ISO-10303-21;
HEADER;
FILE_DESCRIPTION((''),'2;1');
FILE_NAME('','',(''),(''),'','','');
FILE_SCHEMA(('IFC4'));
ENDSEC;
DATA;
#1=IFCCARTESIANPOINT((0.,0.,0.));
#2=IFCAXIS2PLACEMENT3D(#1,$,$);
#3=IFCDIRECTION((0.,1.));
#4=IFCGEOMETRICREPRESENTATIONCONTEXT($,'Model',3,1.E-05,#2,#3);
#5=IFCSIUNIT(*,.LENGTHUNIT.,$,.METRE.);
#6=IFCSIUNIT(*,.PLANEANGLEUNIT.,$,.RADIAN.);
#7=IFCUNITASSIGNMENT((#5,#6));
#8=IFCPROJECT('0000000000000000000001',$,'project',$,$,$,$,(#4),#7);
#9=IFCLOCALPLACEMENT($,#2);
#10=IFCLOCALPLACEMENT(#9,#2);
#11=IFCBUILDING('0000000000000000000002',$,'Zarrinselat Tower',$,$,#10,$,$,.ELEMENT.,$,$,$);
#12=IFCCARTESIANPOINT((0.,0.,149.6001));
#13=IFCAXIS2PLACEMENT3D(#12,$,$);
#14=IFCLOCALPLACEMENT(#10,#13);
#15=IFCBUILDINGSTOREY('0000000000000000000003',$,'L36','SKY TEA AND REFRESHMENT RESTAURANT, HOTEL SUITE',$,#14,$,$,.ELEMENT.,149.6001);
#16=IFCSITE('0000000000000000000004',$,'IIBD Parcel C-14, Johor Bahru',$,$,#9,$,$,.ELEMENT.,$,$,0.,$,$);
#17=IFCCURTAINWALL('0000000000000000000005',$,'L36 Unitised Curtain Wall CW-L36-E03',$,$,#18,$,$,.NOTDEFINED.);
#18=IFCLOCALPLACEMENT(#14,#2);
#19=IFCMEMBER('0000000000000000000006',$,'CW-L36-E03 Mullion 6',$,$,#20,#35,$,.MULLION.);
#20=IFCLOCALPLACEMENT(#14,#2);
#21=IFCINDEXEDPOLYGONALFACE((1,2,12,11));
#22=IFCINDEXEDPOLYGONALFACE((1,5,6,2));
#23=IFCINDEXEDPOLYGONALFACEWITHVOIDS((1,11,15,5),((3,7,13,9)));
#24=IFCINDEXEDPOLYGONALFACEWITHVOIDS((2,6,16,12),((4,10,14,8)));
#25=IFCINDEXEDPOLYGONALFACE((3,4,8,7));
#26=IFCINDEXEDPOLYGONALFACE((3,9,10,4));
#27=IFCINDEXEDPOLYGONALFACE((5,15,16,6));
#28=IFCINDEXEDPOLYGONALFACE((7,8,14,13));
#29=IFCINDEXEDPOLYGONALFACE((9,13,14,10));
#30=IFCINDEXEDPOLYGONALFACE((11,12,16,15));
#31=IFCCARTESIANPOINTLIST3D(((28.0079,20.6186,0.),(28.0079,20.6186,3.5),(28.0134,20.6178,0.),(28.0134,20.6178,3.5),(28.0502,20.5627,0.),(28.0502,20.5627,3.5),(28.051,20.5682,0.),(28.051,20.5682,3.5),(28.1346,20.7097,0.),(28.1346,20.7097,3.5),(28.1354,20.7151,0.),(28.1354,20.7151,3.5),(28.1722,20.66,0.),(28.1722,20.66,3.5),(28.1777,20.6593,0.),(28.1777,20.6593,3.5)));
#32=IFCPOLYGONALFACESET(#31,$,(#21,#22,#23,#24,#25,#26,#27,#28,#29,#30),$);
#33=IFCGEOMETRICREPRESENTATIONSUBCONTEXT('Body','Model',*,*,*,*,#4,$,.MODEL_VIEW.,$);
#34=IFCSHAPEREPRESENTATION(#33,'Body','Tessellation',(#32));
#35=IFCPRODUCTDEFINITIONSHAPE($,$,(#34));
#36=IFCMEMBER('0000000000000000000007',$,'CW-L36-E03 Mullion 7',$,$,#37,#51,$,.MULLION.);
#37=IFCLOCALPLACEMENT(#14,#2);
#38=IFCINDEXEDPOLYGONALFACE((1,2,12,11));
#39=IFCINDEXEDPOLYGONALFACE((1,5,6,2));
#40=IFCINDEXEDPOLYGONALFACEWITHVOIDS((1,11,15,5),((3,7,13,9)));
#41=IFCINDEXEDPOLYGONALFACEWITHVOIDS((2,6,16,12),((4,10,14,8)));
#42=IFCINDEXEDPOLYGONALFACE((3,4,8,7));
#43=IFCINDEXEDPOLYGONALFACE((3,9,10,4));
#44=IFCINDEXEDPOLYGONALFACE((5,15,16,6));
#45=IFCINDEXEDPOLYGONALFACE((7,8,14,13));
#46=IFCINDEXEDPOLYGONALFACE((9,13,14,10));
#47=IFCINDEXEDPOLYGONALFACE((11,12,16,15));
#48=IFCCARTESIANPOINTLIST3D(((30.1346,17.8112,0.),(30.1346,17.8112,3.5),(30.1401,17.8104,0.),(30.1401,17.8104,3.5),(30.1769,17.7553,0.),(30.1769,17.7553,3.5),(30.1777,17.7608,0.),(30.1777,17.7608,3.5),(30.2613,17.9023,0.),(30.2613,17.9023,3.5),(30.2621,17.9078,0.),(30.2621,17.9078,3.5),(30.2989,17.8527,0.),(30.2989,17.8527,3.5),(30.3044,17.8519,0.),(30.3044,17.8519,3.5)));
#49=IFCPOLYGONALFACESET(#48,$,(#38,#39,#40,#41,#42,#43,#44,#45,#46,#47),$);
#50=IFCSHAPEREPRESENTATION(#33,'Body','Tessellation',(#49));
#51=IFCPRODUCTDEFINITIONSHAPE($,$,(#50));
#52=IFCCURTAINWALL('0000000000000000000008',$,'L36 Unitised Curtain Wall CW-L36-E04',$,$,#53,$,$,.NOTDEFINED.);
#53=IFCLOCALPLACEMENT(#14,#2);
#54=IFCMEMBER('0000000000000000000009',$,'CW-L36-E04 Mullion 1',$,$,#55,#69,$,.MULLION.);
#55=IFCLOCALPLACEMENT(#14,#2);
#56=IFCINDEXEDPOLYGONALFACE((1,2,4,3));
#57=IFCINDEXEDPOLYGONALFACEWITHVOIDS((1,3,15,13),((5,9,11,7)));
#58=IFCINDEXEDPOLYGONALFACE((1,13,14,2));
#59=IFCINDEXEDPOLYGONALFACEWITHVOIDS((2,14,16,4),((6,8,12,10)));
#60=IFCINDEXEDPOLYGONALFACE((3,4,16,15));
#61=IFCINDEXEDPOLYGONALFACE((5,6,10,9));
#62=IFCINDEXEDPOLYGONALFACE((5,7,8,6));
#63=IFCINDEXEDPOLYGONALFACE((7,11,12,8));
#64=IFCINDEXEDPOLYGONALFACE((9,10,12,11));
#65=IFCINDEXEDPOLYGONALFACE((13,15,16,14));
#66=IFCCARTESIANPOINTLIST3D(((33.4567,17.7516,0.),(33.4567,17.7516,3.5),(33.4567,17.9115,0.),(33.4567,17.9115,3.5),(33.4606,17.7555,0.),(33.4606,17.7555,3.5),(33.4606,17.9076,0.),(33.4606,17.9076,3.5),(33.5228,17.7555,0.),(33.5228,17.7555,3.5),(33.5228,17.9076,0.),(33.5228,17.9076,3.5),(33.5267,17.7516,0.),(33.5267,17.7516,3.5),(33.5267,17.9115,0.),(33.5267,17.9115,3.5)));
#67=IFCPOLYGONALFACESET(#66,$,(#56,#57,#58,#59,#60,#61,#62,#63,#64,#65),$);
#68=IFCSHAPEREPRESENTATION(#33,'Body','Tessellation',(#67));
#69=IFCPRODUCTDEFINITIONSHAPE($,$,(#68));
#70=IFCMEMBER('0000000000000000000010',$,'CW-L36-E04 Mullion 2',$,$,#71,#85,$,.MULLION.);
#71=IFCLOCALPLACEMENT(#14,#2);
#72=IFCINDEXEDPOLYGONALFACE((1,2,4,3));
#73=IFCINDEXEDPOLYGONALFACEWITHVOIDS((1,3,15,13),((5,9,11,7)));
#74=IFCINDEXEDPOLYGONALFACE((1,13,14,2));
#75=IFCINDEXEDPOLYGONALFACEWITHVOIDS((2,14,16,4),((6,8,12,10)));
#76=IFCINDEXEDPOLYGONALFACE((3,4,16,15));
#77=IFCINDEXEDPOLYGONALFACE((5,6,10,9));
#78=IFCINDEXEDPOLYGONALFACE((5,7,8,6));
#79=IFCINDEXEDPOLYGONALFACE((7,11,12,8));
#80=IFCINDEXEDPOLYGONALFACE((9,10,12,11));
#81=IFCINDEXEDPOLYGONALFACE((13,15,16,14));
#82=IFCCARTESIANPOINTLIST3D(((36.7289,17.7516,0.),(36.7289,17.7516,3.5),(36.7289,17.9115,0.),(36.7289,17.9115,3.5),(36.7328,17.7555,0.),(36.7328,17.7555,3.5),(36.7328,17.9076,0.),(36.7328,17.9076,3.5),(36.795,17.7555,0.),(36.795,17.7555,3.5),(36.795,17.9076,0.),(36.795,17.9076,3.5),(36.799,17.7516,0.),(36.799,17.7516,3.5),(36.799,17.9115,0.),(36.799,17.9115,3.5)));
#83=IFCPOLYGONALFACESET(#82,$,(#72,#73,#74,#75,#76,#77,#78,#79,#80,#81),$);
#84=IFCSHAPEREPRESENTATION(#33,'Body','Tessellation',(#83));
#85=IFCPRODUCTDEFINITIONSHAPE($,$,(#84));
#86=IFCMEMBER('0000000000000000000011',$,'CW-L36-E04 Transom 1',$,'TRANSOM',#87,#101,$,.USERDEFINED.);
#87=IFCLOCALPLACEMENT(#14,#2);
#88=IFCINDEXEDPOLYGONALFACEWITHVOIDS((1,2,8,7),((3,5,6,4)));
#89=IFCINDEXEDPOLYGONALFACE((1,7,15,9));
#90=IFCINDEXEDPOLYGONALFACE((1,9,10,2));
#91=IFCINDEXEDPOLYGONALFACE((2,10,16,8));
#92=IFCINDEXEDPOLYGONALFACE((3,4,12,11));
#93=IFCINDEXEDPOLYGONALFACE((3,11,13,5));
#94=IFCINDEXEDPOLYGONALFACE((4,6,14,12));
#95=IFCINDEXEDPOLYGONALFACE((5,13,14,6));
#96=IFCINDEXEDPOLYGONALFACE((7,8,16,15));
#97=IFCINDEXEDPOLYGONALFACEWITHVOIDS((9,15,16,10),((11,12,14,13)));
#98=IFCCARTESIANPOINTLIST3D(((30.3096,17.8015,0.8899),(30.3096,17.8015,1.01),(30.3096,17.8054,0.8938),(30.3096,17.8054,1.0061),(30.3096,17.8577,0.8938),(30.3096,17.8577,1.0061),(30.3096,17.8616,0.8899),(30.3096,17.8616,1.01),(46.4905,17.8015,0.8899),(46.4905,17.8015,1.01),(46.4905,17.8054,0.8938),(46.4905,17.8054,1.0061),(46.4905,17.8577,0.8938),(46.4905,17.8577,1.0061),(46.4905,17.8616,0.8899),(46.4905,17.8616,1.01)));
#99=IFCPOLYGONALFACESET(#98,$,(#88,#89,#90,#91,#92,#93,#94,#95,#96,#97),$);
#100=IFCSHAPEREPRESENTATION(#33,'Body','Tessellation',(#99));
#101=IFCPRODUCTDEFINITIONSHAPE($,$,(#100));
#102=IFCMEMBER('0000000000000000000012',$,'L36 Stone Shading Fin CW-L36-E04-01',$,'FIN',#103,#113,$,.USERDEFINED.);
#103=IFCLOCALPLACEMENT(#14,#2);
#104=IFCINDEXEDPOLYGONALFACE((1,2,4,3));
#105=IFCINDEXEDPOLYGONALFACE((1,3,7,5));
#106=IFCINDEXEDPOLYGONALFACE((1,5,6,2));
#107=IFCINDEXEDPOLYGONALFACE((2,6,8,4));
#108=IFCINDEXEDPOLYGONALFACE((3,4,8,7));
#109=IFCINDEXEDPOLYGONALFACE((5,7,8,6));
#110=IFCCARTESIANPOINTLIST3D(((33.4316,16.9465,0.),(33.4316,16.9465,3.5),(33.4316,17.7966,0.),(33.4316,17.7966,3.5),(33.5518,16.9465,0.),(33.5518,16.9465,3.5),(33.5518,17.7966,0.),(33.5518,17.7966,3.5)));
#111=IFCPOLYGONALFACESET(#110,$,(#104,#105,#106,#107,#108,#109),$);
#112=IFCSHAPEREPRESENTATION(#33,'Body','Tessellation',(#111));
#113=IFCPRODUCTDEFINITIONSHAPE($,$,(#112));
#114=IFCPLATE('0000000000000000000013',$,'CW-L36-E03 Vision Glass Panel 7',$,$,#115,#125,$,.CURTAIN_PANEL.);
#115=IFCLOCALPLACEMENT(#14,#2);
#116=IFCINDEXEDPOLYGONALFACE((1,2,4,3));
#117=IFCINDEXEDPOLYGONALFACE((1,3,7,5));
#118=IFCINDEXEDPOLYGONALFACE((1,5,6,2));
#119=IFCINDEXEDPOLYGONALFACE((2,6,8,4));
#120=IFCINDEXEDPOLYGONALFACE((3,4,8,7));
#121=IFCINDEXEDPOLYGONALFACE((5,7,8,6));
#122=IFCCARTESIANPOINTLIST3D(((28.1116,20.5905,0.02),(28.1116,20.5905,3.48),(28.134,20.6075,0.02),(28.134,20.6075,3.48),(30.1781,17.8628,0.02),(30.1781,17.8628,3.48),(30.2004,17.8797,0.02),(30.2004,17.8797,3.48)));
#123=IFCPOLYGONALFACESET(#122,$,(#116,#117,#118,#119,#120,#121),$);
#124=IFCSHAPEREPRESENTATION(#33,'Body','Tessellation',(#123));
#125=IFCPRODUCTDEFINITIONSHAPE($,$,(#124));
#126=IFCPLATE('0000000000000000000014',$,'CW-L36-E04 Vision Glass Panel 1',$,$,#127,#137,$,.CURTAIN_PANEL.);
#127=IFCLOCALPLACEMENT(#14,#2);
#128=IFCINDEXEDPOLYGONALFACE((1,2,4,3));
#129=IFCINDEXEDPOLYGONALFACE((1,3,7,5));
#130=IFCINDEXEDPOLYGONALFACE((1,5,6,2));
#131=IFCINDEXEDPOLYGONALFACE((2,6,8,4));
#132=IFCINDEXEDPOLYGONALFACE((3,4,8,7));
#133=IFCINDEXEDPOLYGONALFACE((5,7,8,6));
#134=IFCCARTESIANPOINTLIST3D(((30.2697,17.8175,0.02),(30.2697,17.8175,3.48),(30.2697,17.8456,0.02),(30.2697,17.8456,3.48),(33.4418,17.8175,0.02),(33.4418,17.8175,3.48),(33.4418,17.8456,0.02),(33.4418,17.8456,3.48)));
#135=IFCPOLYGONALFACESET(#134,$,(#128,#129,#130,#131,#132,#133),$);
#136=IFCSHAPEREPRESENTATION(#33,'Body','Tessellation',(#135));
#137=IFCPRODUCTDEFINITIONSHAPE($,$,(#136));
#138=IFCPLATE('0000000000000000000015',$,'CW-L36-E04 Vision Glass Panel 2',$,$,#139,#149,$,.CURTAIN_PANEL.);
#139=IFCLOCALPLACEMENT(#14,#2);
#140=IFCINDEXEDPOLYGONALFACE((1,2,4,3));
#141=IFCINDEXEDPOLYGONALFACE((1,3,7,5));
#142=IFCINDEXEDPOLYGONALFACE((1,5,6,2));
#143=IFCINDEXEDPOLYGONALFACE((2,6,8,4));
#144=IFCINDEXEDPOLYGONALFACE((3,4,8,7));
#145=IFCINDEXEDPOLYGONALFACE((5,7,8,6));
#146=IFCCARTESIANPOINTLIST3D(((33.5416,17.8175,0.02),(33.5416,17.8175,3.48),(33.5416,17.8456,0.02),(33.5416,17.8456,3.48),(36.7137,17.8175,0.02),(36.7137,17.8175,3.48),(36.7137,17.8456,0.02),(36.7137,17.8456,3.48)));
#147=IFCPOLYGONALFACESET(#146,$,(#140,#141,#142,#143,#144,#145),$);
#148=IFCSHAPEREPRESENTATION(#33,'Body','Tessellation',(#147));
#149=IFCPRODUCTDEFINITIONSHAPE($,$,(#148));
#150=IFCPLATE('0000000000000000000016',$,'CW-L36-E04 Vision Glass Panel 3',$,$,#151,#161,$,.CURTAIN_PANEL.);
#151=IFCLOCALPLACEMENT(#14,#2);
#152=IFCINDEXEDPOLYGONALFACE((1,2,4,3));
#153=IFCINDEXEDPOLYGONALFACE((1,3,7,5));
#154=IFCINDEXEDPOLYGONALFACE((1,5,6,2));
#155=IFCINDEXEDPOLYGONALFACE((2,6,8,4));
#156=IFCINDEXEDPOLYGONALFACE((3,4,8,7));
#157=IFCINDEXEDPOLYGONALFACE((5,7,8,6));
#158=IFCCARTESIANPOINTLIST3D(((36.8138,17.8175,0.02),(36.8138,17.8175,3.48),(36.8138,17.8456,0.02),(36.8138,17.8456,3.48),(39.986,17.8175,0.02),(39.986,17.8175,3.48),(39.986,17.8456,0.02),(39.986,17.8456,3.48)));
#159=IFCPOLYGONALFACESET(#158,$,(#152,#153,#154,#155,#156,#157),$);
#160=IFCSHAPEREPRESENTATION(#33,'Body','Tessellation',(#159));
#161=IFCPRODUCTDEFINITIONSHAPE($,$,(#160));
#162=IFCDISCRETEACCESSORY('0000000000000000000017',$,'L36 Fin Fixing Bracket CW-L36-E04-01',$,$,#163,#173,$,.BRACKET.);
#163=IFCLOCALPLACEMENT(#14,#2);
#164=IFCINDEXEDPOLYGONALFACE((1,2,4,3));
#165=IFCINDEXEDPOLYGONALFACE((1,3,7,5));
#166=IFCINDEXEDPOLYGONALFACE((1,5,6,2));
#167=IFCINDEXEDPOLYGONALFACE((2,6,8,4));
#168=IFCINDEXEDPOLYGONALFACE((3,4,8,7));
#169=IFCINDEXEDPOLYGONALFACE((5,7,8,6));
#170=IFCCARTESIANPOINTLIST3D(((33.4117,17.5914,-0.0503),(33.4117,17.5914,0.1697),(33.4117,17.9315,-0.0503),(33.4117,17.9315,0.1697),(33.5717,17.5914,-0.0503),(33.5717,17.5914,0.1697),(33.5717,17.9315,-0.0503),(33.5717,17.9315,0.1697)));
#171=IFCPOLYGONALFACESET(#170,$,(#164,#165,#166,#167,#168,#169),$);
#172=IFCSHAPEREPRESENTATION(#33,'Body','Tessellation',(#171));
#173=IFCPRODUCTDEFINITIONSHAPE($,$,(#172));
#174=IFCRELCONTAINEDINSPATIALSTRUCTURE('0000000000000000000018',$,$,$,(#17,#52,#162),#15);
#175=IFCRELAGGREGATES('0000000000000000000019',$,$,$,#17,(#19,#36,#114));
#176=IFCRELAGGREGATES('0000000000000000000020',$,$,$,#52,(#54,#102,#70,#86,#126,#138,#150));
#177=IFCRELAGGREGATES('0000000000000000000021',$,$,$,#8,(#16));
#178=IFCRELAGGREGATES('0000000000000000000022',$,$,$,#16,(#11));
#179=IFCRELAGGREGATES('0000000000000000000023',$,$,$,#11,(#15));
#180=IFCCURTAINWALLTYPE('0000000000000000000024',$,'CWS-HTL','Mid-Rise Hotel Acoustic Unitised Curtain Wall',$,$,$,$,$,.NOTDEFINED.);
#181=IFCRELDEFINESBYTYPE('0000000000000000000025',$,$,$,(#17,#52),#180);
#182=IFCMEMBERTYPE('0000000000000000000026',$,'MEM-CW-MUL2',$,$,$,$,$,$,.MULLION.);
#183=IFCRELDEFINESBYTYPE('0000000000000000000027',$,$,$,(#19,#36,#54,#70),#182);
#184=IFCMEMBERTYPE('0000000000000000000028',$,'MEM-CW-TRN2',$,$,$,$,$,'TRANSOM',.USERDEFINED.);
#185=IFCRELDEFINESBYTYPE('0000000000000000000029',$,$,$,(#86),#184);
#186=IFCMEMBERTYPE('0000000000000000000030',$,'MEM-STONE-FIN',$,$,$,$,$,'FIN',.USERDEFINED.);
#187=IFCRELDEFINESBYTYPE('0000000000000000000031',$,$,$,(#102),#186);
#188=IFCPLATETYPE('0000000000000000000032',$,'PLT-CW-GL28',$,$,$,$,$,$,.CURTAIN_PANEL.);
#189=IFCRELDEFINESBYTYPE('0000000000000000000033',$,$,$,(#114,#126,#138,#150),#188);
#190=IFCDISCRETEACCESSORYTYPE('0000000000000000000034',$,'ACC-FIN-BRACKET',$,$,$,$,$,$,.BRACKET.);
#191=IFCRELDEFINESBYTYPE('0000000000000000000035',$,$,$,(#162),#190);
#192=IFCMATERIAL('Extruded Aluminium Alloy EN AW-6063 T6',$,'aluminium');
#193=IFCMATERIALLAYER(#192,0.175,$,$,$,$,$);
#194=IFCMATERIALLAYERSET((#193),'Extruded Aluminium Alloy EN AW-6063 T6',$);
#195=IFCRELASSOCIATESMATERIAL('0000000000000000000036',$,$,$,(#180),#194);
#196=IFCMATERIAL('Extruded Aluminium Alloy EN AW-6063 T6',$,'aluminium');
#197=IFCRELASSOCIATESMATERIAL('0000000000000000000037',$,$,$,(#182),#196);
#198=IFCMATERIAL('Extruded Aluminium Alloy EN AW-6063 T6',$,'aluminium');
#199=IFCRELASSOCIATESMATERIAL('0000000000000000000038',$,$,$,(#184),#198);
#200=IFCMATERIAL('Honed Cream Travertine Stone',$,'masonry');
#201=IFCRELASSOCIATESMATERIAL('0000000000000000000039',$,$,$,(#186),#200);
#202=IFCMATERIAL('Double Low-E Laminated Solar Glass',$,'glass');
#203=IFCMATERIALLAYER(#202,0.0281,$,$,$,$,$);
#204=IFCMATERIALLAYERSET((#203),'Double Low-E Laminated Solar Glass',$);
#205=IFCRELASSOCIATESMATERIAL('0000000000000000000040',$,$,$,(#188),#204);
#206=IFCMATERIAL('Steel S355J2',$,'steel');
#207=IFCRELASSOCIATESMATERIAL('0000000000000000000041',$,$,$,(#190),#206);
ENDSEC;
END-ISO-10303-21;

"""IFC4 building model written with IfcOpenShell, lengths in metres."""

from ifc_helpers import new_model, si_unit, direction, frame, origin, origin_2d, place, context, subcontext, project, spatial, rectangle, hollow_rectangle, extrude, material, layer, layer_set, material_profile, profile_set, type_object, element, aggregate, save


model = new_model("IFC4")

# Units and contexts
model_context = context("Model", 3, precision=1e-05, world=origin(), true_north=direction((0.0, 1.0)))
body_context = subcontext(model_context, "Body", "Model", "MODEL_VIEW")
ifc_project = project(units=[si_unit("LENGTHUNIT", "METRE"), si_unit("PLANEANGLEUNIT", "RADIAN")], contexts=[model_context])

# Site, building, storey
site_placement = place(None, origin())
site = spatial("IfcSite", under=ifc_project, at=site_placement, Name="IIBD Parcel C-14, Johor Bahru", CompositionType="ELEMENT", RefElevation=0.0)
building_placement = place(site_placement, origin())
building = spatial("IfcBuilding", under=site, at=building_placement, Name="Zarrinselat Tower", CompositionType="ELEMENT")
storey_placement = place(building_placement, frame((0.0, 0.0, 149.6001)))
storey = spatial("IfcBuildingStorey", under=building, at=storey_placement, Name="L36", Description="SKY TEA AND REFRESHMENT RESTAURANT, HOTEL SUITE", CompositionType="ELEMENT", Elevation=149.6001)

# Curtain walls, members
ifc_material_1 = material(Name="Extruded Aluminium Alloy EN AW-6063 T6", Category="aluminium")
ifc_layer_1 = layer(ifc_material_1, 0.175)
ifc_layer_set_1 = layer_set([ifc_layer_1], Name="Extruded Aluminium Alloy EN AW-6063 T6")
curtain_wall_type = type_object("IfcCurtainWallType", Name="CWS-HTL", Description="Mid-Rise Hotel Acoustic Unitised Curtain Wall", PredefinedType="NOTDEFINED", material=ifc_layer_set_1)
curtain_wall_1_placement = place(storey_placement, origin())
curtain_wall_1 = element("IfcCurtainWall", 1, at=curtain_wall_1_placement, inside=storey, type_object=curtain_wall_type, Name="L36 Unitised Curtain Wall CW-L36-E03", PredefinedType="NOTDEFINED")
ifc_material_2 = material(Name="Extruded Aluminium Alloy EN AW-6063 T6", Category="aluminium")
ifc_material_profile_1 = material_profile(ifc_material_2, hollow_rectangle(XDim=0.0701, YDim=0.1599, WallThickness=0.0039, at=origin_2d()), Name="RHS 160x70x4")
ifc_profile_set_1 = profile_set([ifc_material_profile_1], Name="Extruded Aluminium Alloy EN AW-6063 T6")
member_type_1 = type_object("IfcMemberType", Name="MEM-CW-MUL2", PredefinedType="MULLION", material=ifc_profile_set_1)
member_1_placement = place(storey_placement, frame((28.0928, 20.6389, 0.0), z_axis=(0.0, 0.0, 1.0), x_axis=(0.603857, -0.797093, 0.0)))
member_1 = element("IfcMember", 2, at=member_1_placement, type_object=member_type_1, Name="CW-L36-E03 Mullion 6", PredefinedType="MULLION", context=body_context, shape_type="SweptSolid", body=[
    extrude(hollow_rectangle(XDim=0.0701, YDim=0.1599, WallThickness=0.0039, at=origin_2d()), origin(), (0.0, 0.0, 1.0), 3.5),
])
member_2_placement = place(storey_placement, frame((30.2195, 17.8315, 0.0), z_axis=(0.0, 0.0, 1.0), x_axis=(0.603857, -0.797093, 0.0)))
member_2 = element("IfcMember", 3, at=member_2_placement, type_object=member_type_1, Name="CW-L36-E03 Mullion 7", PredefinedType="MULLION", context=body_context, shape_type="SweptSolid", body=[
    extrude(hollow_rectangle(XDim=0.0701, YDim=0.1599, WallThickness=0.0039, at=origin_2d()), origin(), (0.0, 0.0, 1.0), 3.5),
])
curtain_wall_2_placement = place(storey_placement, origin())
curtain_wall_2 = element("IfcCurtainWall", 4, at=curtain_wall_2_placement, inside=storey, type_object=curtain_wall_type, Name="L36 Unitised Curtain Wall CW-L36-E04", PredefinedType="NOTDEFINED")
member_3_placement = place(storey_placement, frame((33.4917, 17.8315, 0.0), z_axis=(0.0, 0.0, 1.0), x_axis=(1.0, 0.0, 0.0)))
member_3 = element("IfcMember", 5, at=member_3_placement, type_object=member_type_1, Name="CW-L36-E04 Mullion 1", PredefinedType="MULLION", context=body_context, shape_type="SweptSolid", body=[
    extrude(hollow_rectangle(XDim=0.0701, YDim=0.1599, WallThickness=0.0039, at=origin_2d()), origin(), (0.0, 0.0, 1.0), 3.5),
])
member_4_placement = place(storey_placement, frame((36.7639, 17.8315, 0.0), z_axis=(0.0, 0.0, 1.0), x_axis=(1.0, 0.0, 0.0)))
member_4 = element("IfcMember", 6, at=member_4_placement, type_object=member_type_1, Name="CW-L36-E04 Mullion 2", PredefinedType="MULLION", context=body_context, shape_type="SweptSolid", body=[
    extrude(hollow_rectangle(XDim=0.0701, YDim=0.1599, WallThickness=0.0039, at=origin_2d()), origin(), (0.0, 0.0, 1.0), 3.5),
])
ifc_material_3 = material(Name="Extruded Aluminium Alloy EN AW-6063 T6", Category="aluminium")
ifc_material_profile_2 = material_profile(ifc_material_3, hollow_rectangle(XDim=0.0601, YDim=0.1201, WallThickness=0.0039, at=origin_2d()), Name="RHS 120x60x4")
ifc_profile_set_2 = profile_set([ifc_material_profile_2], Name="Extruded Aluminium Alloy EN AW-6063 T6")
member_type_2 = type_object("IfcMemberType", Name="MEM-CW-TRN2", ElementType="TRANSOM", PredefinedType="USERDEFINED", material=ifc_profile_set_2)
member_5_placement = place(storey_placement, frame((30.3096, 17.8315, 0.95), z_axis=(1.0, 0.0, 0.0), x_axis=(0.0, 1.0, 0.0)))
member_5 = element("IfcMember", 7, at=member_5_placement, type_object=member_type_2, Name="CW-L36-E04 Transom 1", ObjectType="TRANSOM", PredefinedType="USERDEFINED", context=body_context, shape_type="SweptSolid", body=[
    extrude(hollow_rectangle(XDim=0.0601, YDim=0.1201, WallThickness=0.0039, at=origin_2d()), origin(), (0.0, 0.0, 1.0), 16.1809),
])
ifc_material_4 = material(Name="Honed Cream Travertine Stone", Category="masonry")
ifc_material_profile_3 = material_profile(ifc_material_4, rectangle(XDim=0.1201, YDim=0.8501, at=origin_2d()), Name="FIN 850x120")
ifc_profile_set_3 = profile_set([ifc_material_profile_3], Name="Honed Cream Travertine Stone")
member_type_3 = type_object("IfcMemberType", Name="MEM-STONE-FIN", ElementType="FIN", PredefinedType="USERDEFINED", material=ifc_profile_set_3)
member_6_placement = place(storey_placement, frame((33.4917, 17.3716, 0.0), z_axis=(0.0, 0.0, 1.0), x_axis=(-1.0, 0.0, 0.0)))
member_6 = element("IfcMember", 8, at=member_6_placement, type_object=member_type_3, Name="L36 Stone Shading Fin CW-L36-E04-01", ObjectType="FIN", PredefinedType="USERDEFINED", context=body_context, shape_type="SweptSolid", body=[
    extrude(rectangle(XDim=0.1201, YDim=0.8501, at=origin_2d()), origin(), (0.0, 0.0, 1.0), 3.5),
])

# Plates
ifc_material_5 = material(Name="Double Low-E Laminated Solar Glass", Category="glass")
ifc_layer_2 = layer(ifc_material_5, 0.0281)
ifc_layer_set_2 = layer_set([ifc_layer_2], Name="Double Low-E Laminated Solar Glass")
plate_type = type_object("IfcPlateType", Name="PLT-CW-GL28", PredefinedType="CURTAIN_PANEL", material=ifc_layer_set_2)
plate_1_placement = place(storey_placement, frame((29.156, 19.2351, 0.02), z_axis=(0.0, 0.0, 1.0), x_axis=(0.603857, -0.797093, 0.0)))
plate_1 = element("IfcPlate", 9, at=plate_1_placement, type_object=plate_type, Name="CW-L36-E03 Vision Glass Panel 7", PredefinedType="CURTAIN_PANEL", context=body_context, shape_type="SweptSolid", body=[
    extrude(rectangle(XDim=3.4221, YDim=0.0281, at=origin_2d()), origin(), (0.0, 0.0, 1.0), 3.46),
])
aggregate(curtain_wall_1, [member_1, member_2, plate_1])
plate_2_placement = place(storey_placement, frame((31.8557, 17.8315, 0.02), z_axis=(0.0, 0.0, 1.0), x_axis=(1.0, 0.0, 0.0)))
plate_2 = element("IfcPlate", 10, at=plate_2_placement, type_object=plate_type, Name="CW-L36-E04 Vision Glass Panel 1", PredefinedType="CURTAIN_PANEL", context=body_context, shape_type="SweptSolid", body=[
    extrude(rectangle(XDim=3.1721, YDim=0.0281, at=origin_2d()), origin(), (0.0, 0.0, 1.0), 3.46),
])
plate_3_placement = place(storey_placement, frame((35.1277, 17.8315, 0.02), z_axis=(0.0, 0.0, 1.0), x_axis=(1.0, 0.0, 0.0)))
plate_3 = element("IfcPlate", 11, at=plate_3_placement, type_object=plate_type, Name="CW-L36-E04 Vision Glass Panel 2", PredefinedType="CURTAIN_PANEL", context=body_context, shape_type="SweptSolid", body=[
    extrude(rectangle(XDim=3.1721, YDim=0.0281, at=origin_2d()), origin(), (0.0, 0.0, 1.0), 3.46),
])
plate_4_placement = place(storey_placement, frame((38.3999, 17.8315, 0.02), z_axis=(0.0, 0.0, 1.0), x_axis=(1.0, 0.0, 0.0)))
plate_4 = element("IfcPlate", 12, at=plate_4_placement, type_object=plate_type, Name="CW-L36-E04 Vision Glass Panel 3", PredefinedType="CURTAIN_PANEL", context=body_context, shape_type="SweptSolid", body=[
    extrude(rectangle(XDim=3.1721, YDim=0.0281, at=origin_2d()), origin(), (0.0, 0.0, 1.0), 3.46),
])
aggregate(curtain_wall_2, [member_3, member_6, member_4, member_5, plate_2, plate_3, plate_4])

# Discrete accessory
ifc_material_6 = material(Name="Steel S355J2", Category="steel")
discrete_accessory_type = type_object("IfcDiscreteAccessoryType", Name="ACC-FIN-BRACKET", PredefinedType="BRACKET", material=ifc_material_6)
discrete_accessory_placement = place(storey_placement, frame((33.4917, 17.7615, -0.0503), z_axis=(0.0, 0.0, 1.0), x_axis=(0.0, -1.0, 0.0)))
element("IfcDiscreteAccessory", 13, at=discrete_accessory_placement, inside=storey, type_object=discrete_accessory_type, Name="L36 Fin Fixing Bracket CW-L36-E04-01", PredefinedType="BRACKET", context=body_context, shape_type="SweptSolid", body=[
    extrude(rectangle(XDim=0.3401, YDim=0.1599, at=origin_2d()), origin(), (0.0, 0.0, 1.0), 0.22),
])

save(model, "model.ifc")
